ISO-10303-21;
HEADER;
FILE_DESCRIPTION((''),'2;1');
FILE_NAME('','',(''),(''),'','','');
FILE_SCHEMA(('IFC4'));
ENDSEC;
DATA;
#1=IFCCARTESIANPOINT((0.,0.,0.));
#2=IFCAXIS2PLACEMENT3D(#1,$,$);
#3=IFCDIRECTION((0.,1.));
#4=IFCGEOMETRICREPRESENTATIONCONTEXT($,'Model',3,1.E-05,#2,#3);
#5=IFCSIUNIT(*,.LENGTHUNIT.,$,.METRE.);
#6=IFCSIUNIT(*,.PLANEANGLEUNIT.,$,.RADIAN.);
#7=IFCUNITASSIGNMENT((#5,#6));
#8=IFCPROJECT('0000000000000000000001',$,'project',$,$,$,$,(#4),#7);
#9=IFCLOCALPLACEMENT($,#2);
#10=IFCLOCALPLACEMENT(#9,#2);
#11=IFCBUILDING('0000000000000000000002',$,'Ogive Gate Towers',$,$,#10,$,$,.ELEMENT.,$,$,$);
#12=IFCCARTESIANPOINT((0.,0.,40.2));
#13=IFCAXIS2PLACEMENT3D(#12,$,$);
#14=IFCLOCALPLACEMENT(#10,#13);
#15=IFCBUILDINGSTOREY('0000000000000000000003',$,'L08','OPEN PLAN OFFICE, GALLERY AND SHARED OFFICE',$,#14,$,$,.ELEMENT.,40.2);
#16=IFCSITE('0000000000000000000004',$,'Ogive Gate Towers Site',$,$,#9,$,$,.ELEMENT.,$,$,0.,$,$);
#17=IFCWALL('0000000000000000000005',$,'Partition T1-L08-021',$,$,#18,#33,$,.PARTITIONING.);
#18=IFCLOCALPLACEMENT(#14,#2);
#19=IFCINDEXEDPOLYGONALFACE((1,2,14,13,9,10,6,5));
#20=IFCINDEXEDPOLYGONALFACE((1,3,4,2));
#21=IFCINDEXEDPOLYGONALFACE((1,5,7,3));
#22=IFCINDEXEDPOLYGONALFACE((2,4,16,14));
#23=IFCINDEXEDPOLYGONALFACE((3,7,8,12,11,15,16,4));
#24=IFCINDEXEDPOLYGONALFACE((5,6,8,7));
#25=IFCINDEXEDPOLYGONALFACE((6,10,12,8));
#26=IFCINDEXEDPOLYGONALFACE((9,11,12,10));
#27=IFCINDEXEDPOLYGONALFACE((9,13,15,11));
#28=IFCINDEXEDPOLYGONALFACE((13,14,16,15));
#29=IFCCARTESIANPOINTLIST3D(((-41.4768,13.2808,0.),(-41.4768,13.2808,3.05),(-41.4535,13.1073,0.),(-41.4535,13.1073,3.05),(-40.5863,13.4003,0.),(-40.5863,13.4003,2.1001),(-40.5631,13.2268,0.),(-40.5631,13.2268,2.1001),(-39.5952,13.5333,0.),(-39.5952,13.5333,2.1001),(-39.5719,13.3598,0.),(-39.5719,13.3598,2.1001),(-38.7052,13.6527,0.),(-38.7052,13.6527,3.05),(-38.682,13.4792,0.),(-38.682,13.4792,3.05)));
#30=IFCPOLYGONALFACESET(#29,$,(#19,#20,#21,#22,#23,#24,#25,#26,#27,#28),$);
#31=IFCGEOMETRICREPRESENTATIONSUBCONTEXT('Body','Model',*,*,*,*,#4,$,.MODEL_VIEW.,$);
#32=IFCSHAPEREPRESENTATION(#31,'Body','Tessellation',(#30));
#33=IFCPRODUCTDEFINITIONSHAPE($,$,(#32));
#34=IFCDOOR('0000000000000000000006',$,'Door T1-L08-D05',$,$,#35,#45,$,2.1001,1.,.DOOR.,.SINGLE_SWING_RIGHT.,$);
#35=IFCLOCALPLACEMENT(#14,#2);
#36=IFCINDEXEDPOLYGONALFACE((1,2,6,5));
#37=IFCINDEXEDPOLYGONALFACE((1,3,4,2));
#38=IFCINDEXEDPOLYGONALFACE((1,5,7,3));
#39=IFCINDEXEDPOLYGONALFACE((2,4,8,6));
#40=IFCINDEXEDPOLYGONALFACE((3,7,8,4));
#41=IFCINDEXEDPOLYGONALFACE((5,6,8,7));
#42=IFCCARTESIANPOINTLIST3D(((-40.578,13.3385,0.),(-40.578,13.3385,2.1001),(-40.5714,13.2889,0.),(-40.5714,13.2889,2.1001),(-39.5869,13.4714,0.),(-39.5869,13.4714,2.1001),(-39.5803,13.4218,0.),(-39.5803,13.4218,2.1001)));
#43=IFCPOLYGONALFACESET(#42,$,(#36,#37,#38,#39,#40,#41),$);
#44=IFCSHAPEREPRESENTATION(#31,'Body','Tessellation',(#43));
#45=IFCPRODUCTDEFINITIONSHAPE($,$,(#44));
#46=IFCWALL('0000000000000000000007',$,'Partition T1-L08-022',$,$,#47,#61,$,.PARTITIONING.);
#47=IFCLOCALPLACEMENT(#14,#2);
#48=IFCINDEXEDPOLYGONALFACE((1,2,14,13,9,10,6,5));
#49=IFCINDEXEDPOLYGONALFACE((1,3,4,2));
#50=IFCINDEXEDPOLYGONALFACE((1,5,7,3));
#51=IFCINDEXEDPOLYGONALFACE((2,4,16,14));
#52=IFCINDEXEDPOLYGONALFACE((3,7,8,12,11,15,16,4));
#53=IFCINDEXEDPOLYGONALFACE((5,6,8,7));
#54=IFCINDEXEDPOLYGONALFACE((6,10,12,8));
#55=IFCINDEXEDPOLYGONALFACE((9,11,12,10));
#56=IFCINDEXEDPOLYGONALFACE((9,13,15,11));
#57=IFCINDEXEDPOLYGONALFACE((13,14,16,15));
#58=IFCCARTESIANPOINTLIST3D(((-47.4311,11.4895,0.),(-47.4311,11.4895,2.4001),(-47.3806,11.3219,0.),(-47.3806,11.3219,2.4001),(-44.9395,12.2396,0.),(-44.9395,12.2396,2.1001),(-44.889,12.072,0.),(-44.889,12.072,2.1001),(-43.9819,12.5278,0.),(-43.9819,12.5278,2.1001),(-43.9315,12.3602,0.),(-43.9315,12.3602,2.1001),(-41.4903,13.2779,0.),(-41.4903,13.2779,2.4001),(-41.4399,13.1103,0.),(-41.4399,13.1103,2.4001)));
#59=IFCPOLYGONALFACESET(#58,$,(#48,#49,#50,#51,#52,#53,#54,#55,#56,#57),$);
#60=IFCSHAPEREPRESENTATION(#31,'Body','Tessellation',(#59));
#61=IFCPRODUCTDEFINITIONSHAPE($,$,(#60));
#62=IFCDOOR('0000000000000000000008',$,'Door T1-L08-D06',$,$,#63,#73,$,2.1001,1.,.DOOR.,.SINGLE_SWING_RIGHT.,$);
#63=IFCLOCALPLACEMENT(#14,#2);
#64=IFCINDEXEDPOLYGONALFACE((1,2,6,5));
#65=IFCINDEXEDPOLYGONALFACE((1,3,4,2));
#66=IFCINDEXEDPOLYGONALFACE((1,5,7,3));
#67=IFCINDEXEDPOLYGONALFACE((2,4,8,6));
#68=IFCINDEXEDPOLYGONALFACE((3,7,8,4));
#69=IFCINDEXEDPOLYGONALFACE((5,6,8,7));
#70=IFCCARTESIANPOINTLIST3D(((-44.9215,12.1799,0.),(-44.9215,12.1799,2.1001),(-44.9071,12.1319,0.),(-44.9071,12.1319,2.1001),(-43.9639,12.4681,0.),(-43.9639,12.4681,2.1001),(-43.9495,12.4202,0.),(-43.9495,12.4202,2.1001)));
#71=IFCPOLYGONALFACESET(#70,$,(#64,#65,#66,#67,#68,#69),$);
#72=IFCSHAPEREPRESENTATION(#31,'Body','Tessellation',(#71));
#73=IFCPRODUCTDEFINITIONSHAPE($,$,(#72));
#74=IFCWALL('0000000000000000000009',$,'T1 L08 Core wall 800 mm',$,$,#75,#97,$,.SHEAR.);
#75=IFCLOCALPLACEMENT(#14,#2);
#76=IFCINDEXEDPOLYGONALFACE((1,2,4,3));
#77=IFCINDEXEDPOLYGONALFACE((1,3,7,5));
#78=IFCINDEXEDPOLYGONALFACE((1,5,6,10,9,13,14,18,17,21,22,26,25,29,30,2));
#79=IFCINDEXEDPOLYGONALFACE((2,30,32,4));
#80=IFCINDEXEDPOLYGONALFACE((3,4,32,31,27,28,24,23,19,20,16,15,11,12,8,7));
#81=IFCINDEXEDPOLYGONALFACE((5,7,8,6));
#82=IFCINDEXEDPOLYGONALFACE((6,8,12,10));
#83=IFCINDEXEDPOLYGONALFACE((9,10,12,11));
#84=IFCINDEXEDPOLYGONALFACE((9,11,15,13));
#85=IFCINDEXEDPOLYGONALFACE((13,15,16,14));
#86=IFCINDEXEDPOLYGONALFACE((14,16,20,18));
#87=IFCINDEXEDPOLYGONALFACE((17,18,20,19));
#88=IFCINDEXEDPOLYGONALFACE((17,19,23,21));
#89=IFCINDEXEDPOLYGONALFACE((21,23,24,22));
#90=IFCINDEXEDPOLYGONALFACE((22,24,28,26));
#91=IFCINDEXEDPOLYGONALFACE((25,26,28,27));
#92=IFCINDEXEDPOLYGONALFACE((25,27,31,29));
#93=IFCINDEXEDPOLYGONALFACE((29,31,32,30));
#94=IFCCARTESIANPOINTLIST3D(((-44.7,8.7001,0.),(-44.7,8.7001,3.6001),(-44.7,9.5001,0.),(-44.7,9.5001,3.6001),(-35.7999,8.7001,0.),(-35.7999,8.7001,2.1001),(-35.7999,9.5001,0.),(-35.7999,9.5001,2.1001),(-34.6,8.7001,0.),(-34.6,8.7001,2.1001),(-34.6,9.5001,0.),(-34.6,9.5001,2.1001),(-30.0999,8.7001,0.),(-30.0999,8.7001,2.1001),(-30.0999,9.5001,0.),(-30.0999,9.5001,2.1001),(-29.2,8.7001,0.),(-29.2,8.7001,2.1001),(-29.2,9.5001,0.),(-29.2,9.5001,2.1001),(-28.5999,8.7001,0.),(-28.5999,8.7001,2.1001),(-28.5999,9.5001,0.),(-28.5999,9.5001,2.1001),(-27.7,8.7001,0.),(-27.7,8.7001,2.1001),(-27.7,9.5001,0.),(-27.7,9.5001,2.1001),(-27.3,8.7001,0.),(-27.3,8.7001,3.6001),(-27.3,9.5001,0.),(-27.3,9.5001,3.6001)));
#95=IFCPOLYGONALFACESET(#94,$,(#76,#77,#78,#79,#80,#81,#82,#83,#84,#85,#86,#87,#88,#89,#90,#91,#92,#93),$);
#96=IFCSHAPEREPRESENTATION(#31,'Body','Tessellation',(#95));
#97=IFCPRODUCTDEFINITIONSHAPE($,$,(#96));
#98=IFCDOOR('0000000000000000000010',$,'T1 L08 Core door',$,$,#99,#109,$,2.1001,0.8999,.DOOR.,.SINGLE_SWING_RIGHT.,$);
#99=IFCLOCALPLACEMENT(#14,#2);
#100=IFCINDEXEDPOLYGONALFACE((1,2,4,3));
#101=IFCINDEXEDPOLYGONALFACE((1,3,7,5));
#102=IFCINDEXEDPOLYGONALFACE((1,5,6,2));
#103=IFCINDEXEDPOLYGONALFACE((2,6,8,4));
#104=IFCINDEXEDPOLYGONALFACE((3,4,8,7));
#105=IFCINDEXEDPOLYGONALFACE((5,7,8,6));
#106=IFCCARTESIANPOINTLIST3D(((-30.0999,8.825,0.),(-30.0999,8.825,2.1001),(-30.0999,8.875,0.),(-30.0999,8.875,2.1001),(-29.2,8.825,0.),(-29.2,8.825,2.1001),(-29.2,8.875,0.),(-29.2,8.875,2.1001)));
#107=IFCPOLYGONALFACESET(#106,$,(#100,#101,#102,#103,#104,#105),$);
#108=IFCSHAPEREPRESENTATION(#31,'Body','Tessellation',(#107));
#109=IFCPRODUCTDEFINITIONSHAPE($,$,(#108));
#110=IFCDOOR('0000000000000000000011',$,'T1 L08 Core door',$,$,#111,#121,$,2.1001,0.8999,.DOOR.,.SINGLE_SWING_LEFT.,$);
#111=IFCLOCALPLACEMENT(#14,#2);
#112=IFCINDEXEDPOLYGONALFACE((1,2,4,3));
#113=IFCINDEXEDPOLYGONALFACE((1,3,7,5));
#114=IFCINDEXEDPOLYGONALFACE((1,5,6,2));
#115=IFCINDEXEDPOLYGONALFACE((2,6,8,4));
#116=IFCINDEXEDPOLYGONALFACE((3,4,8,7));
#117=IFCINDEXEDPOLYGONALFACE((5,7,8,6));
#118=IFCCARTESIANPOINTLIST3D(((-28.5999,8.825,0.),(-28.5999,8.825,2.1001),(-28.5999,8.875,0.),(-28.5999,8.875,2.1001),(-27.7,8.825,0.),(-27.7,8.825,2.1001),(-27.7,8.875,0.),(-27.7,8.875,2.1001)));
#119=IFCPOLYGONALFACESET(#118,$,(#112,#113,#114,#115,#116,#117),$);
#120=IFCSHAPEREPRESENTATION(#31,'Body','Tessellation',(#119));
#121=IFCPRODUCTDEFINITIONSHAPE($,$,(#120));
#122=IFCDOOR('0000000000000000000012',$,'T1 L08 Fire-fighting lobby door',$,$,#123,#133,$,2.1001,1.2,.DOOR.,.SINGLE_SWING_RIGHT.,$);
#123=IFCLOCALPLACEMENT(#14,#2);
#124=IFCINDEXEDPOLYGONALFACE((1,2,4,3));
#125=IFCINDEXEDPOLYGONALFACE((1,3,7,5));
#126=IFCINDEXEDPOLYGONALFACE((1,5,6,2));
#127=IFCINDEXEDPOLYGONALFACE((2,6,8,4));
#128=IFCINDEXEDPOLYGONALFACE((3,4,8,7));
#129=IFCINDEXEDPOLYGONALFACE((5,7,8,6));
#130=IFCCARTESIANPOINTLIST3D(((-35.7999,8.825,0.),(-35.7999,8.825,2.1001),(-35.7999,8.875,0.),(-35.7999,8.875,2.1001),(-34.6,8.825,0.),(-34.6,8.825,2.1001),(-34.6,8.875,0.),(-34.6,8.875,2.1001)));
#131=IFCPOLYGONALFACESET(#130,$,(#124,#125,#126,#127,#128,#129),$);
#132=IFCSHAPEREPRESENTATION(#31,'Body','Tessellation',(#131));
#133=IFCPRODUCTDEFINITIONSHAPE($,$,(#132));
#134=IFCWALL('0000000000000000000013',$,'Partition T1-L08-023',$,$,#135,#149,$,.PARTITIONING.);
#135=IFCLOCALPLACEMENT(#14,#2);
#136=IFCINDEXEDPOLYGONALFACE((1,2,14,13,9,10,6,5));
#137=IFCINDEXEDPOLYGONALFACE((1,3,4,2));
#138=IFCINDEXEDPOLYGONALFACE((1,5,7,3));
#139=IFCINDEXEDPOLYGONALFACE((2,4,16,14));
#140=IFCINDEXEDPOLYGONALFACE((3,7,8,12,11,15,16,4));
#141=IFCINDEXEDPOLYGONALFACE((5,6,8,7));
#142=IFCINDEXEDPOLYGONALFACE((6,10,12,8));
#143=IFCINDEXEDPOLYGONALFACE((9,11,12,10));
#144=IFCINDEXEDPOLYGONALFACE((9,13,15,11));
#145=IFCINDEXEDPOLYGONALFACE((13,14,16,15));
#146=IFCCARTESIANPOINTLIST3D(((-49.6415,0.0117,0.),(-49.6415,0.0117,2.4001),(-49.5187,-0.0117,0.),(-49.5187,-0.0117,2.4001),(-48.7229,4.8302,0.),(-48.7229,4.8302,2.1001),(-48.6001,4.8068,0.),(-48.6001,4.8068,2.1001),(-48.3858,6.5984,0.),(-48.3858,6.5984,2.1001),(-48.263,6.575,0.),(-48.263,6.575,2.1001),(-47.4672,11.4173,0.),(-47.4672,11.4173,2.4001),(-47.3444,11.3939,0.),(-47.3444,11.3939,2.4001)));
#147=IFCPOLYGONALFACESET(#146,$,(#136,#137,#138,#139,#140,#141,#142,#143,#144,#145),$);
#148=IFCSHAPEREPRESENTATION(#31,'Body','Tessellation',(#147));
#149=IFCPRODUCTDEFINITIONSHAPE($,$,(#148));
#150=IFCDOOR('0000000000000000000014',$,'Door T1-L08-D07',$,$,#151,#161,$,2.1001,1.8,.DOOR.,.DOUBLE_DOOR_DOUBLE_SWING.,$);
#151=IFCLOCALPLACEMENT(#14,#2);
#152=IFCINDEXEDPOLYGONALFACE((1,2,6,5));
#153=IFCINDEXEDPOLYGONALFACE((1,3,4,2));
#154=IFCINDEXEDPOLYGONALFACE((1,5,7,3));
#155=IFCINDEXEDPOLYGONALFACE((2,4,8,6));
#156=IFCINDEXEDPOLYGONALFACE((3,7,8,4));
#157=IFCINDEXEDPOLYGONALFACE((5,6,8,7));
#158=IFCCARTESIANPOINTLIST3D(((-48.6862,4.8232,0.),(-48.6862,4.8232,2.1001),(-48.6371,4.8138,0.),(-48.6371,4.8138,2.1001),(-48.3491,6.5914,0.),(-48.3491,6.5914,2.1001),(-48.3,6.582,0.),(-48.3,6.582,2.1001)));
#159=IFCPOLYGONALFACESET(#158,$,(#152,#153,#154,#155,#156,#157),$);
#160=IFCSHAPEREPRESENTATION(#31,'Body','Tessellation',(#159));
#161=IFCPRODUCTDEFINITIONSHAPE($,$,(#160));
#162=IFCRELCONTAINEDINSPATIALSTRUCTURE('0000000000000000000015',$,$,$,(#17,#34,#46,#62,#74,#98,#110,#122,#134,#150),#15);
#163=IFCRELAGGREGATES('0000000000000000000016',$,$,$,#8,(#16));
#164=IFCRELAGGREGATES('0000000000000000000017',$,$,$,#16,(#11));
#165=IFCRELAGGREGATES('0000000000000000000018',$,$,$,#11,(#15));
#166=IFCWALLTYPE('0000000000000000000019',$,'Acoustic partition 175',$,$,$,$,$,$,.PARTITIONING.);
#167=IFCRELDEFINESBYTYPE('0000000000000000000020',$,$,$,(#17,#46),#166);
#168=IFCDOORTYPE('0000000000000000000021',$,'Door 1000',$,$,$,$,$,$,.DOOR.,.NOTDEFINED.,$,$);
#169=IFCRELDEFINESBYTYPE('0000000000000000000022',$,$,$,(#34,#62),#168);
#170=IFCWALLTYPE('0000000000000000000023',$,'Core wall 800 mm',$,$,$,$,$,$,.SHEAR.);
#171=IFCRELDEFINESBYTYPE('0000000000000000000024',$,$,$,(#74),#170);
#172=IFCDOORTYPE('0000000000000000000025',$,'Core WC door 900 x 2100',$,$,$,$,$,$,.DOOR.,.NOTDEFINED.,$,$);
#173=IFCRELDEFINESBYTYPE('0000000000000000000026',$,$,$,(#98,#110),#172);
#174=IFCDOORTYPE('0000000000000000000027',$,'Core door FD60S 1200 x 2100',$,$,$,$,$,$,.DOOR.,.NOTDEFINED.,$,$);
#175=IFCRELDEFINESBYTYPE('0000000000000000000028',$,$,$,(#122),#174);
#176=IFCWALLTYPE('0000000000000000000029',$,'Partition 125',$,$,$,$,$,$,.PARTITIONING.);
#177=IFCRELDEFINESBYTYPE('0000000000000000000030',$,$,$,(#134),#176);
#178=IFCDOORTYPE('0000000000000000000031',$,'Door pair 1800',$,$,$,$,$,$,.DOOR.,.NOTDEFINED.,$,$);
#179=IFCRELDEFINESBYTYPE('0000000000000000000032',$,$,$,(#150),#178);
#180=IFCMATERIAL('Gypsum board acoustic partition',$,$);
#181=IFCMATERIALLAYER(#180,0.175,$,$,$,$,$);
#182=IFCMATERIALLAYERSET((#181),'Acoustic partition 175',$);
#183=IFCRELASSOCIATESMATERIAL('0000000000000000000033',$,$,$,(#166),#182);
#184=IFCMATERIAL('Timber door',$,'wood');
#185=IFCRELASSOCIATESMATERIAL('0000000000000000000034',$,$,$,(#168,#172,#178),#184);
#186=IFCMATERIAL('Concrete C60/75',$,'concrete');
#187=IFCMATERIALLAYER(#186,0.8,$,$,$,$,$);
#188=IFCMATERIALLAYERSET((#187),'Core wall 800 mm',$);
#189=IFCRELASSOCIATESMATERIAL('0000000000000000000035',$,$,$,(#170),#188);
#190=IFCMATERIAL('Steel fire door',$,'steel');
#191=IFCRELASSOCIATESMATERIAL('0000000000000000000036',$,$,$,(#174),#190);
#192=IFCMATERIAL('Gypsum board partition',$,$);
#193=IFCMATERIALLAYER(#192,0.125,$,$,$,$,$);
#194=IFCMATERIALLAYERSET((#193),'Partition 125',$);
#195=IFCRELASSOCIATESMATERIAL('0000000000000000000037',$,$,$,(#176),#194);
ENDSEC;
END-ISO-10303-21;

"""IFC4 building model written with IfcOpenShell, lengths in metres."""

from ifc_helpers import new_model, si_unit, direction, frame, frame_2d, origin, place, context, subcontext, project, spatial, rectangle, extrude, material, layer, layer_set, type_object, element, fill, save


model = new_model("IFC4")

# Units and contexts
model_context = context("Model", 3, precision=1e-05, world=origin(), true_north=direction((0.0, 1.0)))
body_context = subcontext(model_context, "Body", "Model", "MODEL_VIEW")
ifc_project = project(units=[si_unit("LENGTHUNIT", "METRE"), si_unit("PLANEANGLEUNIT", "RADIAN")], contexts=[model_context])

# Site, building, storey
site_placement = place(None, origin())
site = spatial("IfcSite", under=ifc_project, at=site_placement, Name="Ogive Gate Towers Site", CompositionType="ELEMENT", RefElevation=0.0)
building_placement = place(site_placement, origin())
building = spatial("IfcBuilding", under=site, at=building_placement, Name="Ogive Gate Towers", CompositionType="ELEMENT")
storey_placement = place(building_placement, frame((0.0, 0.0, 40.2)))
storey = spatial("IfcBuildingStorey", under=building, at=storey_placement, Name="L08", Description="OPEN PLAN OFFICE, GALLERY AND SHARED OFFICE", CompositionType="ELEMENT", Elevation=40.2)

# Shared definitions
ifc_material_1 = material(Name="Gypsum board acoustic partition")
ifc_layer_1 = layer(ifc_material_1, 0.175)
ifc_layer_set_1 = layer_set([ifc_layer_1], Name="Acoustic partition 175")
wall_type_1 = type_object("IfcWallType", Name="Acoustic partition 175", PredefinedType="PARTITIONING", material=ifc_layer_set_1)

# Walls, openings, doors
wall_1_placement = place(storey_placement, frame((-38.6936, 13.5659, 0.0), z_axis=(0.0, 0.0, 1.0), x_axis=(-0.99112, -0.13297, 0.0)))
wall_1 = element("IfcWall", 1, at=wall_1_placement, inside=storey, type_object=wall_type_1, Name="Partition T1-L08-021", PredefinedType="PARTITIONING", context=body_context, shape_type="SweptSolid", body=[
    extrude(rectangle(XDim=2.7964, YDim=0.175, at=frame_2d((1.3982, 0.0))), origin(), (0.0, 0.0, 1.0), 3.05),
])
opening_1_placement = place(wall_1_placement, frame((0.8979, 0.0, 0.0)))
opening_1 = element("IfcOpeningElement", 2, at=opening_1_placement, cuts=wall_1, PredefinedType="OPENING", context=body_context, shape_type="SweptSolid", body=[
    extrude(rectangle(XDim=1.0, YDim=2.1001, at=frame_2d((0.5, 1.05))), frame((0.0, 0.0977, 0.0), z_axis=(0.0, -1.0, 0.0), x_axis=(1.0, 0.0, 0.0)), (0.0, 0.0, 1.0), 0.1951),
])
ifc_material_2 = material(Name="Timber door", Category="wood")
door_type_1 = type_object("IfcDoorType", Name="Door 1000", OperationType="NOTDEFINED", PredefinedType="DOOR", material=ifc_material_2)
door_1_placement = place(opening_1_placement, origin())
door_1 = element("IfcDoor", 3, at=door_1_placement, inside=storey, type_object=door_type_1, Name="Door T1-L08-D05", OperationType="SINGLE_SWING_RIGHT", OverallHeight=2.1001, OverallWidth=1.0, PredefinedType="DOOR", context=body_context, shape_type="SweptSolid", body=[
    extrude(rectangle(XDim=1.0, YDim=2.1001, at=frame_2d((0.5, 1.05))), frame((0.0, 0.0249, 0.0), z_axis=(0.0, -1.0, 0.0), x_axis=(1.0, 0.0, 0.0)), (0.0, 0.0, 1.0), 0.05),
])
fill(opening_1, door_1)
wall_2_placement = place(storey_placement, frame((-41.4651, 13.1941, 0.0), z_axis=(0.0, 0.0, 1.0), x_axis=(-0.957554, -0.288254, 0.0)))
wall_2 = element("IfcWall", 4, at=wall_2_placement, inside=storey, type_object=wall_type_1, Name="Partition T1-L08-022", PredefinedType="PARTITIONING", context=body_context, shape_type="SweptSolid", body=[
    extrude(rectangle(XDim=6.2041, YDim=0.175, at=frame_2d((3.1021, 0.0))), origin(), (0.0, 0.0, 1.0), 2.4001),
])
opening_2_placement = place(wall_2_placement, frame((2.6021, 0.0, 0.0)))
opening_2 = element("IfcOpeningElement", 5, at=opening_2_placement, cuts=wall_2, PredefinedType="OPENING", context=body_context, shape_type="SweptSolid", body=[
    extrude(rectangle(XDim=1.0, YDim=2.1001, at=frame_2d((0.5, 1.05))), frame((0.0, 0.0977, 0.0), z_axis=(0.0, -1.0, 0.0), x_axis=(1.0, 0.0, 0.0)), (0.0, 0.0, 1.0), 0.1951),
])
door_2_placement = place(opening_2_placement, origin())
door_2 = element("IfcDoor", 6, at=door_2_placement, inside=storey, type_object=door_type_1, Name="Door T1-L08-D06", OperationType="SINGLE_SWING_RIGHT", OverallHeight=2.1001, OverallWidth=1.0, PredefinedType="DOOR", context=body_context, shape_type="SweptSolid", body=[
    extrude(rectangle(XDim=1.0, YDim=2.1001, at=frame_2d((0.5, 1.05))), frame((0.0, 0.0249, 0.0), z_axis=(0.0, -1.0, 0.0), x_axis=(1.0, 0.0, 0.0)), (0.0, 0.0, 1.0), 0.05),
])
fill(opening_2, door_2)

# Wall, openings, doors
ifc_material_3 = material(Name="Concrete C60/75", Category="concrete")
ifc_layer_2 = layer(ifc_material_3, 0.8)
ifc_layer_set_2 = layer_set([ifc_layer_2], Name="Core wall 800 mm")
wall_type_2 = type_object("IfcWallType", Name="Core wall 800 mm", PredefinedType="SHEAR", material=ifc_layer_set_2)
wall_3_placement = place(storey_placement, frame((-44.7, 9.1001, 0.0), z_axis=(0.0, 0.0, 1.0), x_axis=(1.0, 0.0, 0.0)))
wall_3 = element("IfcWall", 7, at=wall_3_placement, inside=storey, type_object=wall_type_2, Name="T1 L08 Core wall 800 mm", PredefinedType="SHEAR", context=body_context, shape_type="SweptSolid", body=[
    extrude(rectangle(XDim=17.3999, YDim=0.8, at=frame_2d((8.7, 0.0))), origin(), (0.0, 0.0, 1.0), 3.6001),
])
opening_3_placement = place(wall_3_placement, frame((8.8999, 0.0, 0.0)))
opening_3 = element("IfcOpeningElement", 8, at=opening_3_placement, cuts=wall_3, PredefinedType="OPENING", context=body_context, shape_type="SweptSolid", body=[
    extrude(rectangle(XDim=1.2, YDim=2.1001, at=frame_2d((0.6001, 1.05))), frame((0.0, 0.4102, 0.0), z_axis=(0.0, -1.0, 0.0), x_axis=(1.0, 0.0, 0.0)), (0.0, 0.0, 1.0), 0.8201),
])
opening_4_placement = place(wall_3_placement, frame((14.6001, 0.0, 0.0)))
opening_4 = element("IfcOpeningElement", 9, at=opening_4_placement, cuts=wall_3, PredefinedType="OPENING", context=body_context, shape_type="SweptSolid", body=[
    extrude(rectangle(XDim=0.8999, YDim=2.1001, at=frame_2d((0.45, 1.05))), frame((0.0, 0.4102, 0.0), z_axis=(0.0, -1.0, 0.0), x_axis=(1.0, 0.0, 0.0)), (0.0, 0.0, 1.0), 0.8201),
])
opening_5_placement = place(wall_3_placement, frame((16.1001, 0.0, 0.0)))
opening_5 = element("IfcOpeningElement", 10, at=opening_5_placement, cuts=wall_3, PredefinedType="OPENING", context=body_context, shape_type="SweptSolid", body=[
    extrude(rectangle(XDim=0.8999, YDim=2.1001, at=frame_2d((0.45, 1.05))), frame((0.0, 0.4102, 0.0), z_axis=(0.0, -1.0, 0.0), x_axis=(1.0, 0.0, 0.0)), (0.0, 0.0, 1.0), 0.8201),
])
door_type_2 = type_object("IfcDoorType", Name="Core WC door 900 x 2100", OperationType="NOTDEFINED", PredefinedType="DOOR", material=ifc_material_2)
door_3_placement = place(opening_4_placement, origin())
door_3 = element("IfcDoor", 11, at=door_3_placement, inside=storey, type_object=door_type_2, Name="T1 L08 Core door", OperationType="SINGLE_SWING_RIGHT", OverallHeight=2.1001, OverallWidth=0.8999, PredefinedType="DOOR", context=body_context, shape_type="SweptSolid", body=[
    extrude(rectangle(XDim=0.8999, YDim=2.1001, at=frame_2d((0.45, 1.05))), frame((0.0, -0.2251, 0.0), z_axis=(0.0, -1.0, 0.0), x_axis=(1.0, 0.0, 0.0)), (0.0, 0.0, 1.0), 0.05),
])
fill(opening_4, door_3)
door_4_placement = place(opening_5_placement, origin())
door_4 = element("IfcDoor", 12, at=door_4_placement, inside=storey, type_object=door_type_2, Name="T1 L08 Core door", OperationType="SINGLE_SWING_LEFT", OverallHeight=2.1001, OverallWidth=0.8999, PredefinedType="DOOR", context=body_context, shape_type="SweptSolid", body=[
    extrude(rectangle(XDim=0.8999, YDim=2.1001, at=frame_2d((0.45, 1.05))), frame((0.0, -0.2251, 0.0), z_axis=(0.0, -1.0, 0.0), x_axis=(1.0, 0.0, 0.0)), (0.0, 0.0, 1.0), 0.05),
])
fill(opening_5, door_4)
ifc_material_4 = material(Name="Steel fire door", Category="steel")
door_type_3 = type_object("IfcDoorType", Name="Core door FD60S 1200 x 2100", OperationType="NOTDEFINED", PredefinedType="DOOR", material=ifc_material_4)
door_5_placement = place(opening_3_placement, origin())
door_5 = element("IfcDoor", 13, at=door_5_placement, inside=storey, type_object=door_type_3, Name="T1 L08 Fire-fighting lobby door", OperationType="SINGLE_SWING_RIGHT", OverallHeight=2.1001, OverallWidth=1.2, PredefinedType="DOOR", context=body_context, shape_type="SweptSolid", body=[
    extrude(rectangle(XDim=1.2, YDim=2.1001, at=frame_2d((0.6001, 1.05))), frame((0.0, -0.2251, 0.0), z_axis=(0.0, -1.0, 0.0), x_axis=(1.0, 0.0, 0.0)), (0.0, 0.0, 1.0), 0.05),
])
fill(opening_3, door_5)

# Wall, opening, door
ifc_material_5 = material(Name="Gypsum board partition")
ifc_layer_3 = layer(ifc_material_5, 0.125)
ifc_layer_set_3 = layer_set([ifc_layer_3], Name="Partition 125")
wall_type_3 = type_object("IfcWallType", Name="Partition 125", PredefinedType="PARTITIONING", material=ifc_layer_set_3)
wall_4_placement = place(storey_placement, frame((-47.4058, 11.4058, 0.0), z_axis=(0.0, 0.0, 1.0), x_axis=(-0.187261, -0.98231, 0.0)))
wall_4 = element("IfcWall", 14, at=wall_4_placement, inside=storey, type_object=wall_type_3, Name="Partition T1-L08-023", PredefinedType="PARTITIONING", context=body_context, shape_type="SweptSolid", body=[
    extrude(rectangle(XDim=11.6111, YDim=0.125, at=frame_2d((5.8057, 0.0))), origin(), (0.0, 0.0, 1.0), 2.4001),
])
opening_6_placement = place(wall_4_placement, frame((4.906, 0.0, 0.0)))
opening_6 = element("IfcOpeningElement", 15, at=opening_6_placement, cuts=wall_4, PredefinedType="OPENING", context=body_context, shape_type="SweptSolid", body=[
    extrude(rectangle(XDim=1.8, YDim=2.1001, at=frame_2d((0.8999, 1.05))), frame((0.0, 0.0725, 0.0), z_axis=(0.0, -1.0, 0.0), x_axis=(1.0, 0.0, 0.0)), (0.0, 0.0, 1.0), 0.145),
])
door_type_4 = type_object("IfcDoorType", Name="Door pair 1800", OperationType="NOTDEFINED", PredefinedType="DOOR", material=ifc_material_2)
door_6_placement = place(opening_6_placement, origin())
door_6 = element("IfcDoor", 16, at=door_6_placement, inside=storey, type_object=door_type_4, Name="Door T1-L08-D07", OperationType="DOUBLE_DOOR_DOUBLE_SWING", OverallHeight=2.1001, OverallWidth=1.8, PredefinedType="DOOR", context=body_context, shape_type="SweptSolid", body=[
    extrude(rectangle(XDim=1.8, YDim=2.1001, at=frame_2d((0.8999, 1.05))), frame((0.0, 0.0249, 0.0), z_axis=(0.0, -1.0, 0.0), x_axis=(1.0, 0.0, 0.0)), (0.0, 0.0, 1.0), 0.05),
])
fill(opening_6, door_6)

save(model, "model.ifc")
